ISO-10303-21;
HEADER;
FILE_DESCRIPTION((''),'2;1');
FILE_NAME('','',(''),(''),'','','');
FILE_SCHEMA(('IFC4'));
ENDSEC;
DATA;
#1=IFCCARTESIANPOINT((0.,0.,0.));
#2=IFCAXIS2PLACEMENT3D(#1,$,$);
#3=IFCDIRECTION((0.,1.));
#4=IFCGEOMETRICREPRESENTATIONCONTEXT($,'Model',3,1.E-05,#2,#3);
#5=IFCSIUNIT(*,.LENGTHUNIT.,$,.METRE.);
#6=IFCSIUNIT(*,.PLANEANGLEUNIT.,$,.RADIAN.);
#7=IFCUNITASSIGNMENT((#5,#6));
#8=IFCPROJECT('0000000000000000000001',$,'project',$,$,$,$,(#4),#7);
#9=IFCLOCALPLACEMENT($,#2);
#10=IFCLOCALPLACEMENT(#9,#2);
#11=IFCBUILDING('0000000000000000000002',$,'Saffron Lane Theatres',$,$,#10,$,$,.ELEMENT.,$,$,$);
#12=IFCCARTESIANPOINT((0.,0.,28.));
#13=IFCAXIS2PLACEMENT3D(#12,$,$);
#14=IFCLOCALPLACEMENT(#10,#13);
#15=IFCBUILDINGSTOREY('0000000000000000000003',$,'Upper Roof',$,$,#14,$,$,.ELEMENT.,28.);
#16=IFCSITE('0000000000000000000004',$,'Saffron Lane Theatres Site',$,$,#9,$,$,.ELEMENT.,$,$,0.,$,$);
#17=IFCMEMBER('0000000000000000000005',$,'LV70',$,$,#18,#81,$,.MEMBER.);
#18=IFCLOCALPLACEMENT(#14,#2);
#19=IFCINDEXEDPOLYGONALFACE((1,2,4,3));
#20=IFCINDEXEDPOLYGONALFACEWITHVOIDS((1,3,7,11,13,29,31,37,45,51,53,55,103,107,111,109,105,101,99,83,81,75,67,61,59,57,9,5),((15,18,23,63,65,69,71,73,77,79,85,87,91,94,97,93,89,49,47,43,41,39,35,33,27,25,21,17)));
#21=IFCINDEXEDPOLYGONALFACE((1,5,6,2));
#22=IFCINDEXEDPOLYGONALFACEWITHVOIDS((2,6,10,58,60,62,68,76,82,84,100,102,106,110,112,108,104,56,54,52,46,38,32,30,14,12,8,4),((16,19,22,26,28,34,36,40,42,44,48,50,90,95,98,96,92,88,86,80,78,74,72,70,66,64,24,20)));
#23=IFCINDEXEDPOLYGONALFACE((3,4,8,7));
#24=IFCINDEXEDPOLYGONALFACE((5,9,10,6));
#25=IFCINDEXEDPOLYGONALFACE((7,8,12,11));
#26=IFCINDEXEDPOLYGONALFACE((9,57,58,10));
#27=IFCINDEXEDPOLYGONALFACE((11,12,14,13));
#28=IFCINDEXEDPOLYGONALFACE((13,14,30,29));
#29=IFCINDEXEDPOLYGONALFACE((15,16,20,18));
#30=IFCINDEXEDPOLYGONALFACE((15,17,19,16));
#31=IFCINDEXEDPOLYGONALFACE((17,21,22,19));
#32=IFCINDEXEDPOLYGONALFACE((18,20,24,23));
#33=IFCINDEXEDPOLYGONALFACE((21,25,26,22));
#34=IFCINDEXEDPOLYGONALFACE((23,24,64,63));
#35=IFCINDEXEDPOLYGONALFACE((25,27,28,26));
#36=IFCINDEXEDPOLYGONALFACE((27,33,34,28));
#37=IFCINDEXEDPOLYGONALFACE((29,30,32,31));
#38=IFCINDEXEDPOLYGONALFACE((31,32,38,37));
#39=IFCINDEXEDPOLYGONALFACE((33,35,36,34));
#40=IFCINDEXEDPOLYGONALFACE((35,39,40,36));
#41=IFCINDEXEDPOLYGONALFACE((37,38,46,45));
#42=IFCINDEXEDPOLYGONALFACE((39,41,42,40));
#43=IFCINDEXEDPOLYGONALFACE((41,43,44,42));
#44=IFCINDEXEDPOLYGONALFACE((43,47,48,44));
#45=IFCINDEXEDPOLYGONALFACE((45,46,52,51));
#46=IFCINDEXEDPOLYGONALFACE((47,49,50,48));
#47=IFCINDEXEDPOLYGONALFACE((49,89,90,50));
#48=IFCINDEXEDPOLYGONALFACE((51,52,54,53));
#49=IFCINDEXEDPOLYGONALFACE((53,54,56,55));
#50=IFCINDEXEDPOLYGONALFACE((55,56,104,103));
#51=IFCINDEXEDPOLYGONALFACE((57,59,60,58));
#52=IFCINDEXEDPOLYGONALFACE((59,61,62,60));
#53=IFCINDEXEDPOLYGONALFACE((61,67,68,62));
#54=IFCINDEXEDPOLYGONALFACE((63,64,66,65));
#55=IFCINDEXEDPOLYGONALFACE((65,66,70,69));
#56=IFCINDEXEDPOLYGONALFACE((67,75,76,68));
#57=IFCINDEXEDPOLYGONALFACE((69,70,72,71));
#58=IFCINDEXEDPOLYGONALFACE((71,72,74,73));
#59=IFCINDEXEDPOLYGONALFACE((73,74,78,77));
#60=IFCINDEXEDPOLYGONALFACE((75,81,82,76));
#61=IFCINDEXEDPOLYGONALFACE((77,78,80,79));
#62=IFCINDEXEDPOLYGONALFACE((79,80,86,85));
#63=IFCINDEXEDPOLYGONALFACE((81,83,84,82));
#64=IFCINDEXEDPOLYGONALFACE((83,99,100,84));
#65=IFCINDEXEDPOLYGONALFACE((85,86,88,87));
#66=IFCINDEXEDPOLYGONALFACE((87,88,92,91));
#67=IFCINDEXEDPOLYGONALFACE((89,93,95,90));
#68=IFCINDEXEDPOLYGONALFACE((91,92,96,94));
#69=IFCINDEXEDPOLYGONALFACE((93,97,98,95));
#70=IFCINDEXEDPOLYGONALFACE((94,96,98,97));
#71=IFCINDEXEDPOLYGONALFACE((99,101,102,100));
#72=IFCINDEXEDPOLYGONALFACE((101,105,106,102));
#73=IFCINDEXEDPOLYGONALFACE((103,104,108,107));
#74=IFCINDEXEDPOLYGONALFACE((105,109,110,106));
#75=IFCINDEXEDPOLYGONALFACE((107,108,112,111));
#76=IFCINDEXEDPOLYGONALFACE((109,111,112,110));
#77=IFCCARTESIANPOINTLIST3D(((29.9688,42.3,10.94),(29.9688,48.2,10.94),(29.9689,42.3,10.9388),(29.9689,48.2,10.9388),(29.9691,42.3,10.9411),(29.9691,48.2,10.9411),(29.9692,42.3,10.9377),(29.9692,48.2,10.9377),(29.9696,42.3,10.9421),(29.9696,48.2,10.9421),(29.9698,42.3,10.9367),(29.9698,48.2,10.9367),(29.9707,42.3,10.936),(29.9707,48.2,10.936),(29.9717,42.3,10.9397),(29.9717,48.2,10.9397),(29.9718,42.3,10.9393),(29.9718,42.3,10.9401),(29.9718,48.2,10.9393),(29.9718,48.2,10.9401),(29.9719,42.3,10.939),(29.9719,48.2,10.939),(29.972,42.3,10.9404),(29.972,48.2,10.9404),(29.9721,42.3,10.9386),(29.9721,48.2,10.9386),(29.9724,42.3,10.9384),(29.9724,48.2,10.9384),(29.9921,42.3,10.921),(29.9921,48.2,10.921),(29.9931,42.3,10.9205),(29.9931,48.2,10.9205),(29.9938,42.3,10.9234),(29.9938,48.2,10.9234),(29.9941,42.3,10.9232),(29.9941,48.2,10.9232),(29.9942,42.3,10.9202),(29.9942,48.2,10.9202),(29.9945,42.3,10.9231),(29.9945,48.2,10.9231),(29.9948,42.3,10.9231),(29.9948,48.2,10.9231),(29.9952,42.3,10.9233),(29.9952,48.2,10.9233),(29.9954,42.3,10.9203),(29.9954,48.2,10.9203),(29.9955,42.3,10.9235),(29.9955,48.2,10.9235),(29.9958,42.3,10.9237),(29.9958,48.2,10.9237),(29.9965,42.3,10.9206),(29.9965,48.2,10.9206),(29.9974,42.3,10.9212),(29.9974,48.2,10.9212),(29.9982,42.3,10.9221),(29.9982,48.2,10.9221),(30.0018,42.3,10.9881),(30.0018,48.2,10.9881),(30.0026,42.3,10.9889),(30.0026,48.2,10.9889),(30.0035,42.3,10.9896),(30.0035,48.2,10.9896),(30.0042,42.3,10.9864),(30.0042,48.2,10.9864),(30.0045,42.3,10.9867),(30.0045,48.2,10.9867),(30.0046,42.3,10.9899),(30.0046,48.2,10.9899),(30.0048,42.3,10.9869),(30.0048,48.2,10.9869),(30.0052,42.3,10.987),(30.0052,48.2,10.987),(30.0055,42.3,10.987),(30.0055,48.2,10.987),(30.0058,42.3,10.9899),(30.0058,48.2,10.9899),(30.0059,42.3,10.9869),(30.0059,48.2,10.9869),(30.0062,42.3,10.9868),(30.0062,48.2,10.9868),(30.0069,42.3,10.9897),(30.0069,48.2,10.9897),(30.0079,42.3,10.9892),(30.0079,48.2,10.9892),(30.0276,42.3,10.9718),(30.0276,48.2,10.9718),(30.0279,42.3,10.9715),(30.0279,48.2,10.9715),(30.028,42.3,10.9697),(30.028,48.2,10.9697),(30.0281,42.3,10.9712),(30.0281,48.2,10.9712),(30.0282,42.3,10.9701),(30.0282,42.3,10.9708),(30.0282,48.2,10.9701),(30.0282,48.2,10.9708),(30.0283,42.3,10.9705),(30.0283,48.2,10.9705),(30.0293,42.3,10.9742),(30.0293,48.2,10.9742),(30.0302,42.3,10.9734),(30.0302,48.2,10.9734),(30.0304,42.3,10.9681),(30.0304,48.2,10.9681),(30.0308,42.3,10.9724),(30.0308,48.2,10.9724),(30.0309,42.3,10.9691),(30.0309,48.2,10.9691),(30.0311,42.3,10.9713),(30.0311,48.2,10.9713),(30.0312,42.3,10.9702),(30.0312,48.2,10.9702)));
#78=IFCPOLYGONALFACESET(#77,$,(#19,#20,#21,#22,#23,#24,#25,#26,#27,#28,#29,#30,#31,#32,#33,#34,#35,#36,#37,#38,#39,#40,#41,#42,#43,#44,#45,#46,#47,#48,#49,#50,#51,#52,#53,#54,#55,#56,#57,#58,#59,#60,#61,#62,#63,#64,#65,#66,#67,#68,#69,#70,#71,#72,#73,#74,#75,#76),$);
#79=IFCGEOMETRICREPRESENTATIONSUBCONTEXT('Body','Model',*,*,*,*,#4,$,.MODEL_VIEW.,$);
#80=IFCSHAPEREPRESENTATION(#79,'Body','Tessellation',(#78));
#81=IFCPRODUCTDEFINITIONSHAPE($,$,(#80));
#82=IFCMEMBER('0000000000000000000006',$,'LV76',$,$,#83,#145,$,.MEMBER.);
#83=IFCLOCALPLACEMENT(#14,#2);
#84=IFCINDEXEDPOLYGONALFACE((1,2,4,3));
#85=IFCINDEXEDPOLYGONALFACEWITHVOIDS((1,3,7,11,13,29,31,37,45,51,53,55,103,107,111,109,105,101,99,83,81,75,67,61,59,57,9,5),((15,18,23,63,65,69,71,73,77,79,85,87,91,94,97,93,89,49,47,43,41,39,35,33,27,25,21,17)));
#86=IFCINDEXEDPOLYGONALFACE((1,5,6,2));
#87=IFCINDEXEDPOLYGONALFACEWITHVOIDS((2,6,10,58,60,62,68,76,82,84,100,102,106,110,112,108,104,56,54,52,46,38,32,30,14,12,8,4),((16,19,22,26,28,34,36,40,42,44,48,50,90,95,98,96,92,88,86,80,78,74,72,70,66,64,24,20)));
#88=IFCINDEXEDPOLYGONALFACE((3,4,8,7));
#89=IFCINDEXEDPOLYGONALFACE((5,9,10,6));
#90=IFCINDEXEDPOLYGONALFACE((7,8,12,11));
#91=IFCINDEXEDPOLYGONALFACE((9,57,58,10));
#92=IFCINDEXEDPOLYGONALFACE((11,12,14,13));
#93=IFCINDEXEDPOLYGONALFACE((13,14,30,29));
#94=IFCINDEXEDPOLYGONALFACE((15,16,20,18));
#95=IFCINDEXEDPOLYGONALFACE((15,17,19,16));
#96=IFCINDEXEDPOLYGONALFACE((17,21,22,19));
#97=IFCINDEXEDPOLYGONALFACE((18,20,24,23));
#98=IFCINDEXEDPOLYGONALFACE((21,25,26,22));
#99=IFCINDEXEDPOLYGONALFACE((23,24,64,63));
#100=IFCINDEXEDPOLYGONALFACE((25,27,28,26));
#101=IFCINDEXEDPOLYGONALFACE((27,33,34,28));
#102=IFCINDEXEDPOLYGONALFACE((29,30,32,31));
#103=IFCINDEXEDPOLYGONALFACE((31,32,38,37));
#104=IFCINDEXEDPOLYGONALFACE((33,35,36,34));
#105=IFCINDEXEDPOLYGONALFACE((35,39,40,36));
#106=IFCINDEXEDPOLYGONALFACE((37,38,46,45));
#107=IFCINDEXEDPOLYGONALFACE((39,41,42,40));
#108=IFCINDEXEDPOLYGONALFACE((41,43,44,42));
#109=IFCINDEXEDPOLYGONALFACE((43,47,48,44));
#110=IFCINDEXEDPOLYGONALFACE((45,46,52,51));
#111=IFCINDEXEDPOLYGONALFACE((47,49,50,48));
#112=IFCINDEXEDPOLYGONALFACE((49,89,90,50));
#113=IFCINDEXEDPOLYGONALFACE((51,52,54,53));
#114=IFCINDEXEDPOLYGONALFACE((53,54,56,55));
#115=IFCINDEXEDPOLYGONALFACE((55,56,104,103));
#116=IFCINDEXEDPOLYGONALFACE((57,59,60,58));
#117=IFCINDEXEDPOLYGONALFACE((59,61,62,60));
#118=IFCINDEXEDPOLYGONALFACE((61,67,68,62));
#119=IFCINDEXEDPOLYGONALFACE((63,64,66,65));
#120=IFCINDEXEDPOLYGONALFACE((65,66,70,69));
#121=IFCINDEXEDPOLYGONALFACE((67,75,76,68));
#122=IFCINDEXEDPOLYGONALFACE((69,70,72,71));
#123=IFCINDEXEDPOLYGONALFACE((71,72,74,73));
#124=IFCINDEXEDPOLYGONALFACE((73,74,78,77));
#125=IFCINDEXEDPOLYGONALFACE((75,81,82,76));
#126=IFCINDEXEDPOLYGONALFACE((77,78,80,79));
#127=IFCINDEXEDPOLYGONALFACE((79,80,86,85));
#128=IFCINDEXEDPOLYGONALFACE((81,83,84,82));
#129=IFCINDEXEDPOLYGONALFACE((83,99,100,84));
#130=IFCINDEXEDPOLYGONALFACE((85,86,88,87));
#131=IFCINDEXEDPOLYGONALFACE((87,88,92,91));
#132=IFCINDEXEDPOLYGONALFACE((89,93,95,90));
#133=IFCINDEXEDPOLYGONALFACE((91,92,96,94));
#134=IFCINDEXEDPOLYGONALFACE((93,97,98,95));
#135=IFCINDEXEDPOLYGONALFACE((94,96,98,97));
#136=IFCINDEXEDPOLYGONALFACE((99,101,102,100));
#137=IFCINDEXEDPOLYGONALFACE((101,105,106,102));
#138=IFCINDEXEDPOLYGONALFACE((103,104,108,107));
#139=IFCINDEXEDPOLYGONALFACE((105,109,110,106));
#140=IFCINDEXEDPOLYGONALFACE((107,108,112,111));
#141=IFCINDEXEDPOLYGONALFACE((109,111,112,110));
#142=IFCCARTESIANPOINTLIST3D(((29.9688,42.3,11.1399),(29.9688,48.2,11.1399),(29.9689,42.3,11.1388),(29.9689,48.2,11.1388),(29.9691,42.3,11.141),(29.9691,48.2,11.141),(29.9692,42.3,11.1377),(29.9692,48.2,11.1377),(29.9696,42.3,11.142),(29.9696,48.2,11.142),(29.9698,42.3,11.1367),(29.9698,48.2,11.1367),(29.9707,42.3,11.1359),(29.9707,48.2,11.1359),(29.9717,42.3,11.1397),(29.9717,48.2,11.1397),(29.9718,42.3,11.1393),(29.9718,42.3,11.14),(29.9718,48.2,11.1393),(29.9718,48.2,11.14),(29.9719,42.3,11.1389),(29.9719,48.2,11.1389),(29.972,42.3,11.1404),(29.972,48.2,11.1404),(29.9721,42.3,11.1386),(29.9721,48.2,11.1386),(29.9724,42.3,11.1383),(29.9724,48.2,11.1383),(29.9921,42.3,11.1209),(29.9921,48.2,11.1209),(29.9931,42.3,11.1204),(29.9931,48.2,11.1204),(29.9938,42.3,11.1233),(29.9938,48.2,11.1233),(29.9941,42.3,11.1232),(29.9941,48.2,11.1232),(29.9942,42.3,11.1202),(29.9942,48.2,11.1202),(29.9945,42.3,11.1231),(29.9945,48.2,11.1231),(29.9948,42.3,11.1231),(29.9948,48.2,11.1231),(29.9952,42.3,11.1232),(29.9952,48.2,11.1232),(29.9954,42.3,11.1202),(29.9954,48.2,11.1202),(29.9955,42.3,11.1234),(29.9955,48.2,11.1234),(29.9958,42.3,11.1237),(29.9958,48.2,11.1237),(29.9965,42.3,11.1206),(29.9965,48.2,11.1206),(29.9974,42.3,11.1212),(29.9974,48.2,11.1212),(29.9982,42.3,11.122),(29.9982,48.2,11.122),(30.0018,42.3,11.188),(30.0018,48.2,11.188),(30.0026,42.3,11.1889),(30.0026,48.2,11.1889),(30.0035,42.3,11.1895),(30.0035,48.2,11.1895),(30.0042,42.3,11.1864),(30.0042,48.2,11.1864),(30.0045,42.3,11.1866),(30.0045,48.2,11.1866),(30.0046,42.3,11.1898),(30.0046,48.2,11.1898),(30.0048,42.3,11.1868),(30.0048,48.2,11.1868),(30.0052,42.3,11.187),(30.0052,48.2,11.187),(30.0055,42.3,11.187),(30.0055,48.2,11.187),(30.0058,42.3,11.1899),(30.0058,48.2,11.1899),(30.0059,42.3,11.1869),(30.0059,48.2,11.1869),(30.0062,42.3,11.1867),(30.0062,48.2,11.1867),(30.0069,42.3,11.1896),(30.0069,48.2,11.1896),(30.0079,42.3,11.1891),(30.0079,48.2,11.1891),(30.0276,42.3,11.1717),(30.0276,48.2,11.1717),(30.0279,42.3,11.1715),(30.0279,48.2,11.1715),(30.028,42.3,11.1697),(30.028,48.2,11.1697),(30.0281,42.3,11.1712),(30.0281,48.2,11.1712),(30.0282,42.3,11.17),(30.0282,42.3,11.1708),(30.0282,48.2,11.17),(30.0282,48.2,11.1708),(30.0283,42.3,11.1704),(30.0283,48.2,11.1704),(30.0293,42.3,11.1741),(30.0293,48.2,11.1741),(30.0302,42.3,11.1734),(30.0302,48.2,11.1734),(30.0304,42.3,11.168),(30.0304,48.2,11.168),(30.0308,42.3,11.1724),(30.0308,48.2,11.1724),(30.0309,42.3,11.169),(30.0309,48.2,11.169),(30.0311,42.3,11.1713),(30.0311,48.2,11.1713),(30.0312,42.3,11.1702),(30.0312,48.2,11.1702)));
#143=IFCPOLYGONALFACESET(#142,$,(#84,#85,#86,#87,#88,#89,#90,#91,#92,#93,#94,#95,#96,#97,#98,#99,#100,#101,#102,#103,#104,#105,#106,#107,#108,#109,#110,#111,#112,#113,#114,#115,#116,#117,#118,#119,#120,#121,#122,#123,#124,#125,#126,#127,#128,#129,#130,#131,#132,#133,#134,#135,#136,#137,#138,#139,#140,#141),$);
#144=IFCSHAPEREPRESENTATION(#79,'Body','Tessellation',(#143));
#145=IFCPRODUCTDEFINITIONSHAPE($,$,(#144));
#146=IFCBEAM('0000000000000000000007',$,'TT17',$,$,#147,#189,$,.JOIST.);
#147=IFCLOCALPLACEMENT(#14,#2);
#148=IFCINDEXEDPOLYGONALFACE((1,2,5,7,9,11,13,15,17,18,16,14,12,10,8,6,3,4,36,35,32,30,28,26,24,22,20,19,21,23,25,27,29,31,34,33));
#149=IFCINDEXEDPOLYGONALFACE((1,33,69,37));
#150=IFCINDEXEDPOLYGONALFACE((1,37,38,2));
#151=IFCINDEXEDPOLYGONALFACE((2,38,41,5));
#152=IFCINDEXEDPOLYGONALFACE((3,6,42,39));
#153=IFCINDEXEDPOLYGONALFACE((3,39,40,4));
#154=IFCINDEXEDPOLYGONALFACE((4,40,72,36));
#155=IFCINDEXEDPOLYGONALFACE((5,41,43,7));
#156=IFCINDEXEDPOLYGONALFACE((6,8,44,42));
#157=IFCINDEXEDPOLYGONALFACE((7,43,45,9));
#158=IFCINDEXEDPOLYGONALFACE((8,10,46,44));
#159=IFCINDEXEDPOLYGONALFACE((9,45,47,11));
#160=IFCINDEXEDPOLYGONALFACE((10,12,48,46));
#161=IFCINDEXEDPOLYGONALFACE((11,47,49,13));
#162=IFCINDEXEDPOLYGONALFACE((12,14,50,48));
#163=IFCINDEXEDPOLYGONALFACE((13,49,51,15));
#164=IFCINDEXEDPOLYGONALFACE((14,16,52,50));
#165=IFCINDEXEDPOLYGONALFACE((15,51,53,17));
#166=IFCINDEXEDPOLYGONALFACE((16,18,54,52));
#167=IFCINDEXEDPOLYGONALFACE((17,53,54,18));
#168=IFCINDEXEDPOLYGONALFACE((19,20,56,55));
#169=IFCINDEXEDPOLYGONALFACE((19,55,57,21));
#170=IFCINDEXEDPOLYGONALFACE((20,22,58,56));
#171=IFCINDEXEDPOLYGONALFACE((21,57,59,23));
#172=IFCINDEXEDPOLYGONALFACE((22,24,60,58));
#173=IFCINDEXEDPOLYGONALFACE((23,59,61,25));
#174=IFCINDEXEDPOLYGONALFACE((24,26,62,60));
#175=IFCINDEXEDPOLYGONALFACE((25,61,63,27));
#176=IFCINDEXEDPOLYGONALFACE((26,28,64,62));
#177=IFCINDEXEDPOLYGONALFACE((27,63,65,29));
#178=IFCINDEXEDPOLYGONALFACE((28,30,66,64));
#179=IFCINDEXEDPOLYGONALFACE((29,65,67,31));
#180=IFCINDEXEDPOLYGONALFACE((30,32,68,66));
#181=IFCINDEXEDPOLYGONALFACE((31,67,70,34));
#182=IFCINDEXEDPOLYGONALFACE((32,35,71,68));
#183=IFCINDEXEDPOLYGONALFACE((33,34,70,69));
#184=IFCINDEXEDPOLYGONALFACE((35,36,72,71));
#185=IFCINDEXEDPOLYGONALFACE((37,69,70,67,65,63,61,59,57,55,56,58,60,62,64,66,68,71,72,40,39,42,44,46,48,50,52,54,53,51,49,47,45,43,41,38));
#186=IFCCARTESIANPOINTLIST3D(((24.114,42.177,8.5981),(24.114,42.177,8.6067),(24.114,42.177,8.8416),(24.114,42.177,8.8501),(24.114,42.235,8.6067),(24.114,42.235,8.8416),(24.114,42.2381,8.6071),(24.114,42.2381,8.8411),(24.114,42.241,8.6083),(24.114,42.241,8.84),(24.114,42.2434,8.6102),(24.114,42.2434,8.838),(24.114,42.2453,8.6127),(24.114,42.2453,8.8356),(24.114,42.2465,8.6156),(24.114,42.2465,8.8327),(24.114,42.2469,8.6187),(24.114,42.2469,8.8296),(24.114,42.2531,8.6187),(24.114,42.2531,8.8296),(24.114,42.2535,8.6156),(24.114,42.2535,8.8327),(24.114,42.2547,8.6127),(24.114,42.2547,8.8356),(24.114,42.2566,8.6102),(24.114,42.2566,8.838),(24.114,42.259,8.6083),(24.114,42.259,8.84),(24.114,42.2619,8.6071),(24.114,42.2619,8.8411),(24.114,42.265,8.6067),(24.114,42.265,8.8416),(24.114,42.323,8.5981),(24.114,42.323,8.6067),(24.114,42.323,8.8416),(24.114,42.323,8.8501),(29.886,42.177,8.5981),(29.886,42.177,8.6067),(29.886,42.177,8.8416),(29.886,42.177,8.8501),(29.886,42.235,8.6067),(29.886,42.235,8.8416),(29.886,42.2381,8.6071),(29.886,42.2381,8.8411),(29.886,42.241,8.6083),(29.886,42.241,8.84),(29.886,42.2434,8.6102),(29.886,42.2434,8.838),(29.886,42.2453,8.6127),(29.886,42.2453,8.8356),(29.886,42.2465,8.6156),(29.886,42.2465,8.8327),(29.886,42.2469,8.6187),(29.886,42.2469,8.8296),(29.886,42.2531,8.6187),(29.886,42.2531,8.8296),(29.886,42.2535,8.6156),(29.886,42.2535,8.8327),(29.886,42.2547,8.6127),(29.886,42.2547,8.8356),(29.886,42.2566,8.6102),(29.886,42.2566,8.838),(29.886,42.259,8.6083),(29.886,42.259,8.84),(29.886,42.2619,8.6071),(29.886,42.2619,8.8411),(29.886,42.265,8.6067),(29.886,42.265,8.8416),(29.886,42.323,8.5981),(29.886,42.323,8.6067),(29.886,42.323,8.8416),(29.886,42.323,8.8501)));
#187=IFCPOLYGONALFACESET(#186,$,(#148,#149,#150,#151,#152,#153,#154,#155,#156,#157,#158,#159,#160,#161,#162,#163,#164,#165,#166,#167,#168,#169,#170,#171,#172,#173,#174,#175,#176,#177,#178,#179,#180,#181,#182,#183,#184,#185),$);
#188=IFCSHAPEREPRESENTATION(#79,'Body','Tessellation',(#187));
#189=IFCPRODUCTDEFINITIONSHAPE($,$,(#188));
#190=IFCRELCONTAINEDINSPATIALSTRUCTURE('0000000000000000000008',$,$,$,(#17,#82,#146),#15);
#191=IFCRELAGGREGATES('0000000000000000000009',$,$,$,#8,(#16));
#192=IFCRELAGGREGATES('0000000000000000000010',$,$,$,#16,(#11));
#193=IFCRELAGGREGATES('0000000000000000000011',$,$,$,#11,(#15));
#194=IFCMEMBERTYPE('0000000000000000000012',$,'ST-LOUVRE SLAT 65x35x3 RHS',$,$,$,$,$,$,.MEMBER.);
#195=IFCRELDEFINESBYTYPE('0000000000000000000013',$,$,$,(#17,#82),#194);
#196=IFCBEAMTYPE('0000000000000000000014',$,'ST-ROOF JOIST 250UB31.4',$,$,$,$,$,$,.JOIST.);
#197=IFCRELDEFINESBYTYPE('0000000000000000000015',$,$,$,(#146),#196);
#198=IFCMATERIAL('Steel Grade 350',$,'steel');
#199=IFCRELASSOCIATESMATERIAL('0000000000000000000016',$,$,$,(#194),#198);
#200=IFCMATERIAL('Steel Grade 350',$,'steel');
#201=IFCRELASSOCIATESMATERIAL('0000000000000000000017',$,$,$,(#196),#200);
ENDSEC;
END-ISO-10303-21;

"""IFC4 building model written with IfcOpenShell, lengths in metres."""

from ifc_helpers import new_model, si_unit, direction, frame, origin, origin_2d, place, context, subcontext, project, spatial, hollow_rectangle, i_section, extrude, material, material_profile, profile_set, type_object, element, save


model = new_model("IFC4")

# Units and contexts
model_context = context("Model", 3, precision=1e-05, world=origin(), true_north=direction((0.0, 1.0)))
body_context = subcontext(model_context, "Body", "Model", "MODEL_VIEW")
ifc_project = project(units=[si_unit("LENGTHUNIT", "METRE"), si_unit("PLANEANGLEUNIT", "RADIAN")], contexts=[model_context])

# Site, building, storey
site_placement = place(None, origin())
site = spatial("IfcSite", under=ifc_project, at=site_placement, Name="Saffron Lane Theatres Site", CompositionType="ELEMENT", RefElevation=0.0)
building_placement = place(site_placement, origin())
building = spatial("IfcBuilding", under=site, at=building_placement, Name="Saffron Lane Theatres", CompositionType="ELEMENT")
storey_placement = place(building_placement, frame((0.0, 0.0, 28.0)))
storey = spatial("IfcBuildingStorey", under=building, at=storey_placement, Name="Upper Roof", CompositionType="ELEMENT", Elevation=28.0)

# Members
ifc_material_1 = material(Name="Steel Grade 350", Category="steel")
ifc_material_profile_1 = material_profile(ifc_material_1, hollow_rectangle(XDim=0.0349, YDim=0.0649, WallThickness=0.0029, InnerFilletRadius=0.0015, OuterFilletRadius=0.0044, at=origin_2d()))
ifc_profile_set_1 = profile_set([ifc_material_profile_1], Name="Steel Grade 350")
member_type_1 = type_object("IfcMemberType", Name="ST-LOUVRE SLAT 65x35x3 RHS", PredefinedType="MEMBER", material=ifc_profile_set_1)
for number, where, z_axis, x_axis, name in (
    (1, (30.0, 42.3, 10.9551), (0.0, 1.0, 0.0), (-0.819152, 0.0, 0.573576), "LV70"),
    (2, (30.0, 42.3, 11.155), (0.0, 1.0, 0.0), (-0.819152, 0.0, 0.573576), "LV76"),
):
    element("IfcMember", number, at=place(storey_placement, frame(where, z_axis=z_axis, x_axis=x_axis)), inside=storey, type_object=member_type_1, Name=name, PredefinedType="MEMBER", context=body_context, shape_type="SweptSolid", body=[
        extrude(hollow_rectangle(XDim=0.0349, YDim=0.0649, WallThickness=0.0029, InnerFilletRadius=0.0015, OuterFilletRadius=0.0044, at=origin_2d()), origin(), (0.0, 0.0, 1.0), 5.8999),
    ])

# Beam
ifc_material_2 = material(Name="Steel Grade 350", Category="steel")
ifc_material_profile_2 = material_profile(ifc_material_2, i_section(OverallWidth=0.146, OverallDepth=0.252, WebThickness=0.0061, FlangeThickness=0.0085, FilletRadius=0.012, at=origin_2d()))
ifc_profile_set_2 = profile_set([ifc_material_profile_2], Name="Steel Grade 350")
beam_type_1 = type_object("IfcBeamType", Name="ST-ROOF JOIST 250UB31.4", PredefinedType="JOIST", material=ifc_profile_set_2)
beam_1_placement = place(storey_placement, frame((24.114, 42.25, 8.7241), z_axis=(1.0, 0.0, 0.0), x_axis=(0.0, 1.0, 0.0)))
element("IfcBeam", 3, at=beam_1_placement, inside=storey, type_object=beam_type_1, Name="TT17", PredefinedType="JOIST", context=body_context, shape_type="SweptSolid", body=[
    extrude(i_section(OverallWidth=0.146, OverallDepth=0.252, WebThickness=0.0061, FlangeThickness=0.0085, FilletRadius=0.012, at=origin_2d()), origin(), (0.0, 0.0, 1.0), 5.772),
])

save(model, "model.ifc")
